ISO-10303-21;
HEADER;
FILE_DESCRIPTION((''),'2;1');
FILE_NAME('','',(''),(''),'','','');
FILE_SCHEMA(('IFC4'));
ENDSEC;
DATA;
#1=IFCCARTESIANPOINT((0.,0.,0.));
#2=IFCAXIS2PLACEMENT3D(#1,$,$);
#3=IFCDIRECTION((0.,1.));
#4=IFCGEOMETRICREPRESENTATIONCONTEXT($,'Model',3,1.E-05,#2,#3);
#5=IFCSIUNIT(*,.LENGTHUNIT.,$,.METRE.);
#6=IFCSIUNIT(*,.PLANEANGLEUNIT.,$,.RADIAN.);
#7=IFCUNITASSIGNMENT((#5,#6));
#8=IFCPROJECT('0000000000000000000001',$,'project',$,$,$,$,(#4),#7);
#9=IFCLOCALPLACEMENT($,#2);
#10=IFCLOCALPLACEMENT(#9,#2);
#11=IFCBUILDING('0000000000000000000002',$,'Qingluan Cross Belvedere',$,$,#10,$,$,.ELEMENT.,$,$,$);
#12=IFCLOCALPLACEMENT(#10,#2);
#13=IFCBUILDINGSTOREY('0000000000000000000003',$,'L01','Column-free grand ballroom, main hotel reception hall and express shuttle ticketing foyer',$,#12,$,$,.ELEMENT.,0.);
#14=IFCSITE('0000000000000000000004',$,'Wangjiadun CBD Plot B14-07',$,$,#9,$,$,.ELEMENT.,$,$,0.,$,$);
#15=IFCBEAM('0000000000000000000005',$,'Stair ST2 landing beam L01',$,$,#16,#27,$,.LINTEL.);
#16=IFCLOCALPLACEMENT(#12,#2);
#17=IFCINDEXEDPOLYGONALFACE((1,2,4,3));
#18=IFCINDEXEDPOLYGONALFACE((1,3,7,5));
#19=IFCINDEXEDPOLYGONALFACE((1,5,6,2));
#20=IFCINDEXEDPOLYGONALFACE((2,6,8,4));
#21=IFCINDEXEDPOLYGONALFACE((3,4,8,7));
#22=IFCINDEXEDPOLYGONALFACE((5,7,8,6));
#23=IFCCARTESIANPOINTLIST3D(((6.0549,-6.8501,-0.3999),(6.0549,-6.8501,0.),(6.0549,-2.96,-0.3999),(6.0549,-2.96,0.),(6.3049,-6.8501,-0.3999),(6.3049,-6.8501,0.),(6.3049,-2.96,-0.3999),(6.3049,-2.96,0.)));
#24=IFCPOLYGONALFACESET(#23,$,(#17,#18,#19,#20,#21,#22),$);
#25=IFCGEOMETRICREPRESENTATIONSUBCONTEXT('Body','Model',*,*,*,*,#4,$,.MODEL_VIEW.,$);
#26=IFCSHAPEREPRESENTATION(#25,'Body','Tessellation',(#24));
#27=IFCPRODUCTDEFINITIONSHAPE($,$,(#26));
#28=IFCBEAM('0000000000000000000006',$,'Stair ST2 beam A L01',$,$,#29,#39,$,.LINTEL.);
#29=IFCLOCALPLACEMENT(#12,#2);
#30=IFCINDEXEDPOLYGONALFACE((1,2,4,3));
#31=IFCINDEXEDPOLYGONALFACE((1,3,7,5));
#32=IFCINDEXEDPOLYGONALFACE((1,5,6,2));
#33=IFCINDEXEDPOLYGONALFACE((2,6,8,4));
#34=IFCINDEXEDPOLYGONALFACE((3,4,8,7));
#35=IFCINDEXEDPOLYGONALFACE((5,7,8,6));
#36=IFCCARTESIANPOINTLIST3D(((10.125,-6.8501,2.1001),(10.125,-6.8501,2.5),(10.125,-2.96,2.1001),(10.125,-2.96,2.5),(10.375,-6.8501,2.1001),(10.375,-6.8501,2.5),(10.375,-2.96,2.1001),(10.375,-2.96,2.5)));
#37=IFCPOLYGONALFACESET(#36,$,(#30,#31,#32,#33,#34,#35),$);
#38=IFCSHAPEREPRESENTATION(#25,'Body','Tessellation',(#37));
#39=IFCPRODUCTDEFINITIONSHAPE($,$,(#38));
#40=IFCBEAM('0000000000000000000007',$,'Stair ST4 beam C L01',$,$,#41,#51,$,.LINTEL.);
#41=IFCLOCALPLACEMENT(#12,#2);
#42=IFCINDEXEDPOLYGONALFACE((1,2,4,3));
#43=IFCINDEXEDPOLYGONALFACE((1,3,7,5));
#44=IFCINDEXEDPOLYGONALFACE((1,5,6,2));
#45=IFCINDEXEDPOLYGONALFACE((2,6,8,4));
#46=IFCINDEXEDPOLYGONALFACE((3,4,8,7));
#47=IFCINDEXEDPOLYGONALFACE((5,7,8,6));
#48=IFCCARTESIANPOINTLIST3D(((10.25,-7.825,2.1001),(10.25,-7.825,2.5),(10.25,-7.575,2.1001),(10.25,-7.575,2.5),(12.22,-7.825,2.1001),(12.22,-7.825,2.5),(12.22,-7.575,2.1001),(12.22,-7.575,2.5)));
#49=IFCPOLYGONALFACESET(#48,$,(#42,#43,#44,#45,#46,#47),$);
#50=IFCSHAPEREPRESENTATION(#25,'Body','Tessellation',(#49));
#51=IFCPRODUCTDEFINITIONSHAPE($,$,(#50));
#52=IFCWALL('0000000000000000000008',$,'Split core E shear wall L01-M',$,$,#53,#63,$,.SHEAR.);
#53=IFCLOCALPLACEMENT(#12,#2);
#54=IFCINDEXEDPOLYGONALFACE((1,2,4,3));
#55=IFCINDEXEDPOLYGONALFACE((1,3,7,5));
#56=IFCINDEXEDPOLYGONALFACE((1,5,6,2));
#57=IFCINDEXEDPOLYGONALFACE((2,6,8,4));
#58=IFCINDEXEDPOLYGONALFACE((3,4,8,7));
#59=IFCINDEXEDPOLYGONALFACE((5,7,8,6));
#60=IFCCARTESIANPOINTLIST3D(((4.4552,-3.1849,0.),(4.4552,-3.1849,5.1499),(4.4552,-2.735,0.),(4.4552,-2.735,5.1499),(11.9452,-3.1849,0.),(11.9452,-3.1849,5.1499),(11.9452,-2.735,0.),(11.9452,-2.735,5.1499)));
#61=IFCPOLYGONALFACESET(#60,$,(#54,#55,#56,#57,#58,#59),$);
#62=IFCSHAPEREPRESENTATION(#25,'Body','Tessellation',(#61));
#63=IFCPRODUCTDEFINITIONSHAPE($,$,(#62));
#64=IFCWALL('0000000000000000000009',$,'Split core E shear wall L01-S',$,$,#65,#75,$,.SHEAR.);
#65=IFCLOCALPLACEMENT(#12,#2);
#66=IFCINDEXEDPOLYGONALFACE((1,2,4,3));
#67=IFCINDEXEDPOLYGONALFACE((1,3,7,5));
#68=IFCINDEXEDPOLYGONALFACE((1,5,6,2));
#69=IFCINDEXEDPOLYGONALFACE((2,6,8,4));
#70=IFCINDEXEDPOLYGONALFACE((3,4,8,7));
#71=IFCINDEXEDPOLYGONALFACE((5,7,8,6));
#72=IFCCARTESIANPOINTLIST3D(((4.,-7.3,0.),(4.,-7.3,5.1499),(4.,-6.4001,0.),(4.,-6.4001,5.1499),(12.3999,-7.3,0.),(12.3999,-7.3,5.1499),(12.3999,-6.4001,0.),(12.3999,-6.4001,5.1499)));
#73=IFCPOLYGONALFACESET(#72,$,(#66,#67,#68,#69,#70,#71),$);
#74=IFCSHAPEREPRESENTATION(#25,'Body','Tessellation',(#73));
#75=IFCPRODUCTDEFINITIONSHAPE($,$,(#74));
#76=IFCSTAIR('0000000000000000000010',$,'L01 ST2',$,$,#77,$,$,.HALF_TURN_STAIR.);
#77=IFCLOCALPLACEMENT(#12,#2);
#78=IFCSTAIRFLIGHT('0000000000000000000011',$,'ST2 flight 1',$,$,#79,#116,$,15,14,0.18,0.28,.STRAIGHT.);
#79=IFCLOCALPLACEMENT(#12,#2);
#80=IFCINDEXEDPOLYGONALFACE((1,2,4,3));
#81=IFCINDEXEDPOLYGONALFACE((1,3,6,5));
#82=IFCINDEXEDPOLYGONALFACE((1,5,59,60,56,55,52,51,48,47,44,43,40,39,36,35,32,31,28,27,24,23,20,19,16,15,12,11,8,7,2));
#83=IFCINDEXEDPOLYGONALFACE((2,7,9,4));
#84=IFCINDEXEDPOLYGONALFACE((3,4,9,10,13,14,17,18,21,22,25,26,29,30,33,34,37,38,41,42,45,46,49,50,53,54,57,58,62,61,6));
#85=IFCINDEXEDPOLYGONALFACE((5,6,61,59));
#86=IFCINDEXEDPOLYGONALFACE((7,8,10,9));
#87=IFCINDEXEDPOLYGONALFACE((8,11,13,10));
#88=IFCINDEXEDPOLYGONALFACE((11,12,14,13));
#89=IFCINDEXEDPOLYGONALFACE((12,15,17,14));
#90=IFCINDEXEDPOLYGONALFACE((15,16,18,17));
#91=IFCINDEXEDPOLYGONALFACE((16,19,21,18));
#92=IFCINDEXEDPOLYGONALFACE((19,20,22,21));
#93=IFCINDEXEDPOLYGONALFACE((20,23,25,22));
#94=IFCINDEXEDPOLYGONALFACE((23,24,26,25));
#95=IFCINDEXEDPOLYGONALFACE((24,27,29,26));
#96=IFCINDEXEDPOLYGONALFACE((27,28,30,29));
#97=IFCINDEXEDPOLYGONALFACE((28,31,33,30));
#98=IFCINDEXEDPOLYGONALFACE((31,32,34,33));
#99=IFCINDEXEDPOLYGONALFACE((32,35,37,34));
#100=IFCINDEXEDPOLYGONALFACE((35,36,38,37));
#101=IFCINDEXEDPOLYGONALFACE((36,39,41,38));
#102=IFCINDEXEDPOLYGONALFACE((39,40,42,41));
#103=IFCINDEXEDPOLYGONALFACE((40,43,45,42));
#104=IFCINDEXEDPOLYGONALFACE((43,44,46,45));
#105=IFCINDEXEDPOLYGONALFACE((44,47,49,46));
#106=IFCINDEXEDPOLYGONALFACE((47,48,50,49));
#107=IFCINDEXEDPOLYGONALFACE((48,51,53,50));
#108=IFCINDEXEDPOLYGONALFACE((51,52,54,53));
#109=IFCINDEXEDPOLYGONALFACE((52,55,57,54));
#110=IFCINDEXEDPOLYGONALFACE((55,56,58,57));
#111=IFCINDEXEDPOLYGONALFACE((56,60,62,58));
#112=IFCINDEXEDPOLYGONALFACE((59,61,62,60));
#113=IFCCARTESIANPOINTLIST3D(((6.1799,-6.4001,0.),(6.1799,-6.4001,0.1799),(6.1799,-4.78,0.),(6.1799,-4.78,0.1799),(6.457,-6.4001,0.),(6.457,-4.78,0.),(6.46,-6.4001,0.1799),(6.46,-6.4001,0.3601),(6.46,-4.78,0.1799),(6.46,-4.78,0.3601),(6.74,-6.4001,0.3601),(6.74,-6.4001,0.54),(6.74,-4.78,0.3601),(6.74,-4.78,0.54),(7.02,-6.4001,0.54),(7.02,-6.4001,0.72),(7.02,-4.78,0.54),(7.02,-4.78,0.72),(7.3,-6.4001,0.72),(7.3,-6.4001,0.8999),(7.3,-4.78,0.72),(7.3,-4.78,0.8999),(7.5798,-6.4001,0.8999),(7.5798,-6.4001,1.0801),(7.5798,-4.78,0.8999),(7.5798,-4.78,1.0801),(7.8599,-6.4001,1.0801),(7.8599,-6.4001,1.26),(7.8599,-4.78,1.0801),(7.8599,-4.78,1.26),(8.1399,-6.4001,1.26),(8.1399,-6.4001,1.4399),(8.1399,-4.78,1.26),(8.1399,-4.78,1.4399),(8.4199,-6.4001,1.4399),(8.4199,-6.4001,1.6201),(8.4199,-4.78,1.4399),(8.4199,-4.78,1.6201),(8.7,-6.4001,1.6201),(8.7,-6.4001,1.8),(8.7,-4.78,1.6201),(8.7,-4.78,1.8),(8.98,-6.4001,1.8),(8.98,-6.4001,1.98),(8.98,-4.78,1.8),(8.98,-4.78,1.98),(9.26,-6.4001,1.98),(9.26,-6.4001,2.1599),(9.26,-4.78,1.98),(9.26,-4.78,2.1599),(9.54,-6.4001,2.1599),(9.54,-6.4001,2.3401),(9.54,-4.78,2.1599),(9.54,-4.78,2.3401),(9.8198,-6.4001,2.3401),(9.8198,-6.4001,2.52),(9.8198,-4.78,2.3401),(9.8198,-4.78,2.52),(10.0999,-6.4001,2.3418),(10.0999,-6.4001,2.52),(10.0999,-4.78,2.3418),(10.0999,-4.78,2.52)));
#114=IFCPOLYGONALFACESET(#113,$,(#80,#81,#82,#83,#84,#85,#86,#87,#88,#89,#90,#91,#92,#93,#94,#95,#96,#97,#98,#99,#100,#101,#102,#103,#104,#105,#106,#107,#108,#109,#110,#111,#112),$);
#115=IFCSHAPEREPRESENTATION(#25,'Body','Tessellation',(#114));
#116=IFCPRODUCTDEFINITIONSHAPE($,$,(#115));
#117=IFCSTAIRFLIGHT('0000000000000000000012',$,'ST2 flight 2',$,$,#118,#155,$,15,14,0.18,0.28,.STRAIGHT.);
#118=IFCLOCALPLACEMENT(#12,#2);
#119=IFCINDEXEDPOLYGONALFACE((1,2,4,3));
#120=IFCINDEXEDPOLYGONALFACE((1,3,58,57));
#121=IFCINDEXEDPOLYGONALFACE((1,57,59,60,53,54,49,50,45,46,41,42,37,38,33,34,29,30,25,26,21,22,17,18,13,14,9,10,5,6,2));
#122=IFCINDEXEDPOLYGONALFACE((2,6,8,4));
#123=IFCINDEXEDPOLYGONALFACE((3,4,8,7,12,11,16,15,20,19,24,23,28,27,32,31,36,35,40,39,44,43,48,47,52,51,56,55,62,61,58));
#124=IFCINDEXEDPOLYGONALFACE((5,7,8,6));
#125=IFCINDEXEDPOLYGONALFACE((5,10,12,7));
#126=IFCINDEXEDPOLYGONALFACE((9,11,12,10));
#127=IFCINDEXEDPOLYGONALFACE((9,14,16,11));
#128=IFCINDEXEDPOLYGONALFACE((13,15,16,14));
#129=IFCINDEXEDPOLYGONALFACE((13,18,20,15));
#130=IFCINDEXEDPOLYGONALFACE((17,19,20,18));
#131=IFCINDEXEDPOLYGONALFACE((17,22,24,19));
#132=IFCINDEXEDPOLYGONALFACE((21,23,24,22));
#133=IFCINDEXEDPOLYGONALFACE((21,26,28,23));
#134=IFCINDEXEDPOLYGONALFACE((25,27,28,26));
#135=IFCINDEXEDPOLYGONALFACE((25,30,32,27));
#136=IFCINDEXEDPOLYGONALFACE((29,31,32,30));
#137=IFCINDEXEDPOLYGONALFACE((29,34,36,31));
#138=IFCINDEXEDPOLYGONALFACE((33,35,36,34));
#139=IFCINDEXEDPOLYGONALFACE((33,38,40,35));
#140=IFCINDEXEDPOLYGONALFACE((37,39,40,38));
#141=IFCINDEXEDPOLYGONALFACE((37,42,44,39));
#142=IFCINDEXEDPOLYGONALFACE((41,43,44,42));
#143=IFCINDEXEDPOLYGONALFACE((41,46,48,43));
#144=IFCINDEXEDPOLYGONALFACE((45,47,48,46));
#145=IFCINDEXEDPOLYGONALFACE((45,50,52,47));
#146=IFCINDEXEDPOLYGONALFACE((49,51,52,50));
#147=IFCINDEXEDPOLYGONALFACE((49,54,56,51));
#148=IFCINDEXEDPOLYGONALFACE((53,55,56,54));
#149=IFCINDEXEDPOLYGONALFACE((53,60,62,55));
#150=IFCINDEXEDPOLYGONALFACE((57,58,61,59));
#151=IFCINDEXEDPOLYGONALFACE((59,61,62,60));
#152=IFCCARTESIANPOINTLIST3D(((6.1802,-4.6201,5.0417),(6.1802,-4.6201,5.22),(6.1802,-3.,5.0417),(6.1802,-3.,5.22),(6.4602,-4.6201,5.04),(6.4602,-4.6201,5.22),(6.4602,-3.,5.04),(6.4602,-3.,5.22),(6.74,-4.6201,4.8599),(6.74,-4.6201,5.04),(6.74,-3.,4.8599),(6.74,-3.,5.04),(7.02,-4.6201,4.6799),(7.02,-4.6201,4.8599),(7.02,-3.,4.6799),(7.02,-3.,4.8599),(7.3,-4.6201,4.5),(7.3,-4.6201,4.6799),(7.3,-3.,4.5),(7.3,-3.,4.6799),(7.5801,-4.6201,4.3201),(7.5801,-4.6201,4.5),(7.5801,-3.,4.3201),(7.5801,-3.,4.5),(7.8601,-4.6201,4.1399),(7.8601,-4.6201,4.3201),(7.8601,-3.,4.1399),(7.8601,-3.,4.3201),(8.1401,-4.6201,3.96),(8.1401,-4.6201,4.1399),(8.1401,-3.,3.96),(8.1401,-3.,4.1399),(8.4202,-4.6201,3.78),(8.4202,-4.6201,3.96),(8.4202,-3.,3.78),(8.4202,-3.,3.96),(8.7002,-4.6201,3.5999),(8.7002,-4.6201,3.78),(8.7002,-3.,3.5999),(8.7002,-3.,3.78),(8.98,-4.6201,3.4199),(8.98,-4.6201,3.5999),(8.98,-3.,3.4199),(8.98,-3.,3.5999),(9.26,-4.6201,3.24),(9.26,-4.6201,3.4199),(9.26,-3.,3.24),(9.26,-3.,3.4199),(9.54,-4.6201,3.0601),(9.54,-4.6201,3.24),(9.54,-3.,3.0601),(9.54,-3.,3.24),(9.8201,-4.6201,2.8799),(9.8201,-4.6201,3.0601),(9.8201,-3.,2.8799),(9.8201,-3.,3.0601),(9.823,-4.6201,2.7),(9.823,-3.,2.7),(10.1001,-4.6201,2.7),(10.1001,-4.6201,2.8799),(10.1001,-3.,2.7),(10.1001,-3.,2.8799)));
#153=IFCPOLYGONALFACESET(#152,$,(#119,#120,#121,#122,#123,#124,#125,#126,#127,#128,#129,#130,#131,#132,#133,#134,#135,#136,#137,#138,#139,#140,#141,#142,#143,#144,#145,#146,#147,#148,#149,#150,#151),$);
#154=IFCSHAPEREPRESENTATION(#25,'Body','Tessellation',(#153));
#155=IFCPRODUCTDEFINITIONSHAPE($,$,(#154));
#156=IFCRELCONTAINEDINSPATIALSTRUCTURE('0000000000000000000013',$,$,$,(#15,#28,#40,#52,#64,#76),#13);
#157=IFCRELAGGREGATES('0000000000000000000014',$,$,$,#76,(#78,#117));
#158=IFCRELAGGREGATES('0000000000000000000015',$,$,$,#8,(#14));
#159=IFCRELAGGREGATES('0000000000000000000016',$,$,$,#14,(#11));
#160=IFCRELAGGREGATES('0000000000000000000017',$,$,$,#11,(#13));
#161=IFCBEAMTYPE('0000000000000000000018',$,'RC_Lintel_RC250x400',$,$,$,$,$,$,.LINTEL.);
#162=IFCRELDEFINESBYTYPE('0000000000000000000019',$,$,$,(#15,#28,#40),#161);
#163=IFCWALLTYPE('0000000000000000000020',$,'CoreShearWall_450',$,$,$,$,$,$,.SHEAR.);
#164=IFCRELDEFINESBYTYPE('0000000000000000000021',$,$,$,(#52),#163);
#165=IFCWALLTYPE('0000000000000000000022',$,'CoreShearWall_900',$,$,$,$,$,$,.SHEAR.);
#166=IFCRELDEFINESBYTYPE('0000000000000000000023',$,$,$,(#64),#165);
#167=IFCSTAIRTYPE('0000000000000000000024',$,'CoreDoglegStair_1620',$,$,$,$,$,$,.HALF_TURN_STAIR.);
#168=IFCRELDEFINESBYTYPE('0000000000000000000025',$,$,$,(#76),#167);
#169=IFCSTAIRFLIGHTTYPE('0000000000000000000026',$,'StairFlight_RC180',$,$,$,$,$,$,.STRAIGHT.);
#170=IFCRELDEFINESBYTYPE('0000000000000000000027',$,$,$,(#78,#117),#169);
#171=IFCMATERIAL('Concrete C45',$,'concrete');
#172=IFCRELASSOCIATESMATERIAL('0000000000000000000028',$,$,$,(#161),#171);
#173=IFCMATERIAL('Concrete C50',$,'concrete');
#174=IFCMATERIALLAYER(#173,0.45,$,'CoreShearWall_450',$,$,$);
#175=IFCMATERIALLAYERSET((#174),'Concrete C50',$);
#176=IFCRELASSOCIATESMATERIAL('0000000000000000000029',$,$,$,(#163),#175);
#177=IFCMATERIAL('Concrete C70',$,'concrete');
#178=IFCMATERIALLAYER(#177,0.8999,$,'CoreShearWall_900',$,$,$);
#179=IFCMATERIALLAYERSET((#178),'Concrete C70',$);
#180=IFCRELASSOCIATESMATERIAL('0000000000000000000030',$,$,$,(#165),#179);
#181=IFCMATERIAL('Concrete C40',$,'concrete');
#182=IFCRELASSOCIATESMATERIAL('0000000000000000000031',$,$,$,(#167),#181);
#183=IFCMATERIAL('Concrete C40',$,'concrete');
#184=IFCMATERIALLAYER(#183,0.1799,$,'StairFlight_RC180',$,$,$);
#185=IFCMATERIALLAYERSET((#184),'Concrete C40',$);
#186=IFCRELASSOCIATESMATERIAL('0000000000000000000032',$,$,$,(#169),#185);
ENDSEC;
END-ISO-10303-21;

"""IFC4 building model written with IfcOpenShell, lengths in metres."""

from ifc_helpers import new_model, si_unit, direction, frame, frame_2d, origin, origin_2d, place, context, subcontext, project, spatial, polyline, rectangle, outline, extrude, material, layer, layer_set, material_profile, profile_set, type_object, element, aggregate, save


model = new_model("IFC4")

# Units and contexts
model_context = context("Model", 3, precision=1e-05, world=origin(), true_north=direction((0.0, 1.0)))
body_context = subcontext(model_context, "Body", "Model", "MODEL_VIEW")
ifc_project = project(units=[si_unit("LENGTHUNIT", "METRE"), si_unit("PLANEANGLEUNIT", "RADIAN")], contexts=[model_context])

# Site, building, storey
site_placement = place(None, origin())
site = spatial("IfcSite", under=ifc_project, at=site_placement, Name="Wangjiadun CBD Plot B14-07", CompositionType="ELEMENT", RefElevation=0.0)
building_placement = place(site_placement, origin())
building = spatial("IfcBuilding", under=site, at=building_placement, Name="Qingluan Cross Belvedere", CompositionType="ELEMENT")
storey_placement = place(building_placement, origin())
storey = spatial("IfcBuildingStorey", under=building, at=storey_placement, Name="L01", Description="Column-free grand ballroom, main hotel reception hall and express shuttle ticketing foyer", CompositionType="ELEMENT", Elevation=0.0)

# Beams
ifc_material_1 = material(Name="Concrete C45", Category="concrete")
ifc_material_profile = material_profile(ifc_material_1, rectangle(XDim=0.25, YDim=0.3999, at=origin_2d()), Name="RC250x400")
ifc_profile_set = profile_set([ifc_material_profile], Name="Concrete C45")
beam_type = type_object("IfcBeamType", Name="RC_Lintel_RC250x400", PredefinedType="LINTEL", material=ifc_profile_set)
for number, where, z_axis, x_axis, name in (
    (1, (6.1799, -6.8501, -0.2), (0.0, 1.0, 0.0), (-1.0, 0.0, 0.0), "Stair ST2 landing beam L01"),
    (2, (10.25, -6.8501, 2.3), (0.0, 1.0, 0.0), (-1.0, 0.0, 0.0), "Stair ST2 beam A L01"),
):
    element("IfcBeam", number, at=place(storey_placement, frame(where, z_axis=z_axis, x_axis=x_axis)), inside=storey, type_object=beam_type, Name=name, PredefinedType="LINTEL", context=body_context, shape_type="SweptSolid", body=[
        extrude(rectangle(XDim=0.25, YDim=0.3999, at=origin_2d()), origin(), (0.0, 0.0, 1.0), 3.8901),
    ])
beam_placement = place(storey_placement, frame((12.22, -7.7, 2.3), z_axis=(-1.0, 0.0, 0.0), x_axis=(0.0, -1.0, 0.0)))
element("IfcBeam", 3, at=beam_placement, inside=storey, type_object=beam_type, Name="Stair ST4 beam C L01", PredefinedType="LINTEL", context=body_context, shape_type="SweptSolid", body=[
    extrude(rectangle(XDim=0.25, YDim=0.3999, at=origin_2d()), origin(), (0.0, 0.0, 1.0), 1.97),
])

# Walls
ifc_material_2 = material(Name="Concrete C50", Category="concrete")
ifc_layer_1 = layer(ifc_material_2, 0.45, Name="CoreShearWall_450")
ifc_layer_set_1 = layer_set([ifc_layer_1], Name="Concrete C50")
wall_type_1 = type_object("IfcWallType", Name="CoreShearWall_450", PredefinedType="SHEAR", material=ifc_layer_set_1)
wall_1_placement = place(storey_placement, frame((4.4551, -2.96, 0.0), z_axis=(0.0, 0.0, 1.0), x_axis=(1.0, 0.0, 0.0)))
element("IfcWall", 4, at=wall_1_placement, inside=storey, type_object=wall_type_1, Name="Split core E shear wall L01-M", PredefinedType="SHEAR", context=body_context, shape_type="SweptSolid", body=[
    extrude(rectangle(XDim=7.49, YDim=0.45, at=frame_2d((3.7451, 0.0))), origin(), (0.0, 0.0, 1.0), 5.1499),
])
ifc_material_3 = material(Name="Concrete C70", Category="concrete")
ifc_layer_2 = layer(ifc_material_3, 0.8999, Name="CoreShearWall_900")
ifc_layer_set_2 = layer_set([ifc_layer_2], Name="Concrete C70")
wall_type_2 = type_object("IfcWallType", Name="CoreShearWall_900", PredefinedType="SHEAR", material=ifc_layer_set_2)
wall_2_placement = place(storey_placement, frame((4.0, -6.8501, 0.0), z_axis=(0.0, 0.0, 1.0), x_axis=(1.0, 0.0, 0.0)))
element("IfcWall", 5, at=wall_2_placement, inside=storey, type_object=wall_type_2, Name="Split core E shear wall L01-S", PredefinedType="SHEAR", context=body_context, shape_type="SweptSolid", body=[
    extrude(rectangle(XDim=8.3999, YDim=0.8999, at=frame_2d((4.2, 0.0))), origin(), (0.0, 0.0, 1.0), 5.1499),
])

# Stair, stair flights
ifc_material_4 = material(Name="Concrete C40", Category="concrete")
stair_type = type_object("IfcStairType", Name="CoreDoglegStair_1620", PredefinedType="HALF_TURN_STAIR", material=ifc_material_4)
stair_1_placement = place(storey_placement, origin())
stair_1 = element("IfcStair", 6, at=stair_1_placement, inside=storey, type_object=stair_type, Name="L01 ST2", PredefinedType="HALF_TURN_STAIR")
ifc_material_5 = material(Name="Concrete C40", Category="concrete")
ifc_layer_3 = layer(ifc_material_5, 0.1799, Name="StairFlight_RC180")
ifc_layer_set_3 = layer_set([ifc_layer_3], Name="Concrete C40")
stair_flight_type = type_object("IfcStairFlightType", Name="StairFlight_RC180", PredefinedType="STRAIGHT", material=ifc_layer_set_3)
stair_flight_1_placement = place(storey_placement, frame((6.1799, -5.5901, 0.0), z_axis=(0.0, 0.0, 1.0), x_axis=(1.0, 0.0, 0.0)))
stair_flight_1 = element("IfcStairFlight", 7, at=stair_flight_1_placement, type_object=stair_flight_type, Name="ST2 flight 1", NumberOfRisers=15, NumberOfTreads=14, PredefinedType="STRAIGHT", RiserHeight=0.18, TreadLength=0.28, context=body_context, shape_type="SweptSolid", body=[
    extrude(outline(polyline([(0.0, 0.0), (0.0, 0.1799), (0.28, 0.1799), (0.28, 0.3601), (0.5601, 0.3601), (0.5601, 0.54), (0.8401, 0.54), (0.8401, 0.72), (1.1201, 0.72), (1.1201, 0.8999), (1.3999, 0.8999), (1.3999, 1.0801), (1.6799, 1.0801), (1.6799, 1.26), (1.96, 1.26), (1.96, 1.4399), (2.24, 1.4399), (2.24, 1.6201), (2.52, 1.6201), (2.52, 1.8), (2.8, 1.8), (2.8, 1.98), (3.0801, 1.98), (3.0801, 2.1599), (3.3601, 2.1599), (3.3601, 2.3401), (3.6399, 2.3401), (3.6399, 2.52), (3.9199, 2.52), (3.9199, 2.7), (3.9199, 2.3418), (0.2771, 0.0), (0.0, 0.0)])), frame((0.0, 0.8101, 0.0), z_axis=(0.0, -1.0, 0.0), x_axis=(1.0, 0.0, 0.0)), (0.0, 0.0, 1.0), 1.6201),
])
stair_flight_2_placement = place(storey_placement, frame((10.1001, -3.8101, 2.7), z_axis=(0.0, 0.0, 1.0), x_axis=(-1.0, 0.0, 0.0)))
stair_flight_2 = element("IfcStairFlight", 8, at=stair_flight_2_placement, type_object=stair_flight_type, Name="ST2 flight 2", NumberOfRisers=15, NumberOfTreads=14, PredefinedType="STRAIGHT", RiserHeight=0.18, TreadLength=0.28, context=body_context, shape_type="SweptSolid", body=[
    extrude(outline(polyline([(0.0, 0.0), (0.0, 0.1799), (0.28, 0.1799), (0.28, 0.3601), (0.5601, 0.3601), (0.5601, 0.54), (0.8401, 0.54), (0.8401, 0.72), (1.1201, 0.72), (1.1201, 0.8999), (1.3999, 0.8999), (1.3999, 1.0801), (1.6799, 1.0801), (1.6799, 1.26), (1.96, 1.26), (1.96, 1.4399), (2.24, 1.4399), (2.24, 1.6201), (2.52, 1.6201), (2.52, 1.8), (2.8, 1.8), (2.8, 1.98), (3.0801, 1.98), (3.0801, 2.1599), (3.3601, 2.1599), (3.3601, 2.3401), (3.6399, 2.3401), (3.6399, 2.52), (3.9199, 2.52), (3.9199, 2.7), (3.9199, 2.3418), (0.2771, 0.0), (0.0, 0.0)])), frame((0.0, 0.8101, 0.0), z_axis=(0.0, -1.0, 0.0), x_axis=(1.0, 0.0, 0.0)), (0.0, 0.0, 1.0), 1.6201),
])
aggregate(stair_1, [stair_flight_1, stair_flight_2])

save(model, "model.ifc")
